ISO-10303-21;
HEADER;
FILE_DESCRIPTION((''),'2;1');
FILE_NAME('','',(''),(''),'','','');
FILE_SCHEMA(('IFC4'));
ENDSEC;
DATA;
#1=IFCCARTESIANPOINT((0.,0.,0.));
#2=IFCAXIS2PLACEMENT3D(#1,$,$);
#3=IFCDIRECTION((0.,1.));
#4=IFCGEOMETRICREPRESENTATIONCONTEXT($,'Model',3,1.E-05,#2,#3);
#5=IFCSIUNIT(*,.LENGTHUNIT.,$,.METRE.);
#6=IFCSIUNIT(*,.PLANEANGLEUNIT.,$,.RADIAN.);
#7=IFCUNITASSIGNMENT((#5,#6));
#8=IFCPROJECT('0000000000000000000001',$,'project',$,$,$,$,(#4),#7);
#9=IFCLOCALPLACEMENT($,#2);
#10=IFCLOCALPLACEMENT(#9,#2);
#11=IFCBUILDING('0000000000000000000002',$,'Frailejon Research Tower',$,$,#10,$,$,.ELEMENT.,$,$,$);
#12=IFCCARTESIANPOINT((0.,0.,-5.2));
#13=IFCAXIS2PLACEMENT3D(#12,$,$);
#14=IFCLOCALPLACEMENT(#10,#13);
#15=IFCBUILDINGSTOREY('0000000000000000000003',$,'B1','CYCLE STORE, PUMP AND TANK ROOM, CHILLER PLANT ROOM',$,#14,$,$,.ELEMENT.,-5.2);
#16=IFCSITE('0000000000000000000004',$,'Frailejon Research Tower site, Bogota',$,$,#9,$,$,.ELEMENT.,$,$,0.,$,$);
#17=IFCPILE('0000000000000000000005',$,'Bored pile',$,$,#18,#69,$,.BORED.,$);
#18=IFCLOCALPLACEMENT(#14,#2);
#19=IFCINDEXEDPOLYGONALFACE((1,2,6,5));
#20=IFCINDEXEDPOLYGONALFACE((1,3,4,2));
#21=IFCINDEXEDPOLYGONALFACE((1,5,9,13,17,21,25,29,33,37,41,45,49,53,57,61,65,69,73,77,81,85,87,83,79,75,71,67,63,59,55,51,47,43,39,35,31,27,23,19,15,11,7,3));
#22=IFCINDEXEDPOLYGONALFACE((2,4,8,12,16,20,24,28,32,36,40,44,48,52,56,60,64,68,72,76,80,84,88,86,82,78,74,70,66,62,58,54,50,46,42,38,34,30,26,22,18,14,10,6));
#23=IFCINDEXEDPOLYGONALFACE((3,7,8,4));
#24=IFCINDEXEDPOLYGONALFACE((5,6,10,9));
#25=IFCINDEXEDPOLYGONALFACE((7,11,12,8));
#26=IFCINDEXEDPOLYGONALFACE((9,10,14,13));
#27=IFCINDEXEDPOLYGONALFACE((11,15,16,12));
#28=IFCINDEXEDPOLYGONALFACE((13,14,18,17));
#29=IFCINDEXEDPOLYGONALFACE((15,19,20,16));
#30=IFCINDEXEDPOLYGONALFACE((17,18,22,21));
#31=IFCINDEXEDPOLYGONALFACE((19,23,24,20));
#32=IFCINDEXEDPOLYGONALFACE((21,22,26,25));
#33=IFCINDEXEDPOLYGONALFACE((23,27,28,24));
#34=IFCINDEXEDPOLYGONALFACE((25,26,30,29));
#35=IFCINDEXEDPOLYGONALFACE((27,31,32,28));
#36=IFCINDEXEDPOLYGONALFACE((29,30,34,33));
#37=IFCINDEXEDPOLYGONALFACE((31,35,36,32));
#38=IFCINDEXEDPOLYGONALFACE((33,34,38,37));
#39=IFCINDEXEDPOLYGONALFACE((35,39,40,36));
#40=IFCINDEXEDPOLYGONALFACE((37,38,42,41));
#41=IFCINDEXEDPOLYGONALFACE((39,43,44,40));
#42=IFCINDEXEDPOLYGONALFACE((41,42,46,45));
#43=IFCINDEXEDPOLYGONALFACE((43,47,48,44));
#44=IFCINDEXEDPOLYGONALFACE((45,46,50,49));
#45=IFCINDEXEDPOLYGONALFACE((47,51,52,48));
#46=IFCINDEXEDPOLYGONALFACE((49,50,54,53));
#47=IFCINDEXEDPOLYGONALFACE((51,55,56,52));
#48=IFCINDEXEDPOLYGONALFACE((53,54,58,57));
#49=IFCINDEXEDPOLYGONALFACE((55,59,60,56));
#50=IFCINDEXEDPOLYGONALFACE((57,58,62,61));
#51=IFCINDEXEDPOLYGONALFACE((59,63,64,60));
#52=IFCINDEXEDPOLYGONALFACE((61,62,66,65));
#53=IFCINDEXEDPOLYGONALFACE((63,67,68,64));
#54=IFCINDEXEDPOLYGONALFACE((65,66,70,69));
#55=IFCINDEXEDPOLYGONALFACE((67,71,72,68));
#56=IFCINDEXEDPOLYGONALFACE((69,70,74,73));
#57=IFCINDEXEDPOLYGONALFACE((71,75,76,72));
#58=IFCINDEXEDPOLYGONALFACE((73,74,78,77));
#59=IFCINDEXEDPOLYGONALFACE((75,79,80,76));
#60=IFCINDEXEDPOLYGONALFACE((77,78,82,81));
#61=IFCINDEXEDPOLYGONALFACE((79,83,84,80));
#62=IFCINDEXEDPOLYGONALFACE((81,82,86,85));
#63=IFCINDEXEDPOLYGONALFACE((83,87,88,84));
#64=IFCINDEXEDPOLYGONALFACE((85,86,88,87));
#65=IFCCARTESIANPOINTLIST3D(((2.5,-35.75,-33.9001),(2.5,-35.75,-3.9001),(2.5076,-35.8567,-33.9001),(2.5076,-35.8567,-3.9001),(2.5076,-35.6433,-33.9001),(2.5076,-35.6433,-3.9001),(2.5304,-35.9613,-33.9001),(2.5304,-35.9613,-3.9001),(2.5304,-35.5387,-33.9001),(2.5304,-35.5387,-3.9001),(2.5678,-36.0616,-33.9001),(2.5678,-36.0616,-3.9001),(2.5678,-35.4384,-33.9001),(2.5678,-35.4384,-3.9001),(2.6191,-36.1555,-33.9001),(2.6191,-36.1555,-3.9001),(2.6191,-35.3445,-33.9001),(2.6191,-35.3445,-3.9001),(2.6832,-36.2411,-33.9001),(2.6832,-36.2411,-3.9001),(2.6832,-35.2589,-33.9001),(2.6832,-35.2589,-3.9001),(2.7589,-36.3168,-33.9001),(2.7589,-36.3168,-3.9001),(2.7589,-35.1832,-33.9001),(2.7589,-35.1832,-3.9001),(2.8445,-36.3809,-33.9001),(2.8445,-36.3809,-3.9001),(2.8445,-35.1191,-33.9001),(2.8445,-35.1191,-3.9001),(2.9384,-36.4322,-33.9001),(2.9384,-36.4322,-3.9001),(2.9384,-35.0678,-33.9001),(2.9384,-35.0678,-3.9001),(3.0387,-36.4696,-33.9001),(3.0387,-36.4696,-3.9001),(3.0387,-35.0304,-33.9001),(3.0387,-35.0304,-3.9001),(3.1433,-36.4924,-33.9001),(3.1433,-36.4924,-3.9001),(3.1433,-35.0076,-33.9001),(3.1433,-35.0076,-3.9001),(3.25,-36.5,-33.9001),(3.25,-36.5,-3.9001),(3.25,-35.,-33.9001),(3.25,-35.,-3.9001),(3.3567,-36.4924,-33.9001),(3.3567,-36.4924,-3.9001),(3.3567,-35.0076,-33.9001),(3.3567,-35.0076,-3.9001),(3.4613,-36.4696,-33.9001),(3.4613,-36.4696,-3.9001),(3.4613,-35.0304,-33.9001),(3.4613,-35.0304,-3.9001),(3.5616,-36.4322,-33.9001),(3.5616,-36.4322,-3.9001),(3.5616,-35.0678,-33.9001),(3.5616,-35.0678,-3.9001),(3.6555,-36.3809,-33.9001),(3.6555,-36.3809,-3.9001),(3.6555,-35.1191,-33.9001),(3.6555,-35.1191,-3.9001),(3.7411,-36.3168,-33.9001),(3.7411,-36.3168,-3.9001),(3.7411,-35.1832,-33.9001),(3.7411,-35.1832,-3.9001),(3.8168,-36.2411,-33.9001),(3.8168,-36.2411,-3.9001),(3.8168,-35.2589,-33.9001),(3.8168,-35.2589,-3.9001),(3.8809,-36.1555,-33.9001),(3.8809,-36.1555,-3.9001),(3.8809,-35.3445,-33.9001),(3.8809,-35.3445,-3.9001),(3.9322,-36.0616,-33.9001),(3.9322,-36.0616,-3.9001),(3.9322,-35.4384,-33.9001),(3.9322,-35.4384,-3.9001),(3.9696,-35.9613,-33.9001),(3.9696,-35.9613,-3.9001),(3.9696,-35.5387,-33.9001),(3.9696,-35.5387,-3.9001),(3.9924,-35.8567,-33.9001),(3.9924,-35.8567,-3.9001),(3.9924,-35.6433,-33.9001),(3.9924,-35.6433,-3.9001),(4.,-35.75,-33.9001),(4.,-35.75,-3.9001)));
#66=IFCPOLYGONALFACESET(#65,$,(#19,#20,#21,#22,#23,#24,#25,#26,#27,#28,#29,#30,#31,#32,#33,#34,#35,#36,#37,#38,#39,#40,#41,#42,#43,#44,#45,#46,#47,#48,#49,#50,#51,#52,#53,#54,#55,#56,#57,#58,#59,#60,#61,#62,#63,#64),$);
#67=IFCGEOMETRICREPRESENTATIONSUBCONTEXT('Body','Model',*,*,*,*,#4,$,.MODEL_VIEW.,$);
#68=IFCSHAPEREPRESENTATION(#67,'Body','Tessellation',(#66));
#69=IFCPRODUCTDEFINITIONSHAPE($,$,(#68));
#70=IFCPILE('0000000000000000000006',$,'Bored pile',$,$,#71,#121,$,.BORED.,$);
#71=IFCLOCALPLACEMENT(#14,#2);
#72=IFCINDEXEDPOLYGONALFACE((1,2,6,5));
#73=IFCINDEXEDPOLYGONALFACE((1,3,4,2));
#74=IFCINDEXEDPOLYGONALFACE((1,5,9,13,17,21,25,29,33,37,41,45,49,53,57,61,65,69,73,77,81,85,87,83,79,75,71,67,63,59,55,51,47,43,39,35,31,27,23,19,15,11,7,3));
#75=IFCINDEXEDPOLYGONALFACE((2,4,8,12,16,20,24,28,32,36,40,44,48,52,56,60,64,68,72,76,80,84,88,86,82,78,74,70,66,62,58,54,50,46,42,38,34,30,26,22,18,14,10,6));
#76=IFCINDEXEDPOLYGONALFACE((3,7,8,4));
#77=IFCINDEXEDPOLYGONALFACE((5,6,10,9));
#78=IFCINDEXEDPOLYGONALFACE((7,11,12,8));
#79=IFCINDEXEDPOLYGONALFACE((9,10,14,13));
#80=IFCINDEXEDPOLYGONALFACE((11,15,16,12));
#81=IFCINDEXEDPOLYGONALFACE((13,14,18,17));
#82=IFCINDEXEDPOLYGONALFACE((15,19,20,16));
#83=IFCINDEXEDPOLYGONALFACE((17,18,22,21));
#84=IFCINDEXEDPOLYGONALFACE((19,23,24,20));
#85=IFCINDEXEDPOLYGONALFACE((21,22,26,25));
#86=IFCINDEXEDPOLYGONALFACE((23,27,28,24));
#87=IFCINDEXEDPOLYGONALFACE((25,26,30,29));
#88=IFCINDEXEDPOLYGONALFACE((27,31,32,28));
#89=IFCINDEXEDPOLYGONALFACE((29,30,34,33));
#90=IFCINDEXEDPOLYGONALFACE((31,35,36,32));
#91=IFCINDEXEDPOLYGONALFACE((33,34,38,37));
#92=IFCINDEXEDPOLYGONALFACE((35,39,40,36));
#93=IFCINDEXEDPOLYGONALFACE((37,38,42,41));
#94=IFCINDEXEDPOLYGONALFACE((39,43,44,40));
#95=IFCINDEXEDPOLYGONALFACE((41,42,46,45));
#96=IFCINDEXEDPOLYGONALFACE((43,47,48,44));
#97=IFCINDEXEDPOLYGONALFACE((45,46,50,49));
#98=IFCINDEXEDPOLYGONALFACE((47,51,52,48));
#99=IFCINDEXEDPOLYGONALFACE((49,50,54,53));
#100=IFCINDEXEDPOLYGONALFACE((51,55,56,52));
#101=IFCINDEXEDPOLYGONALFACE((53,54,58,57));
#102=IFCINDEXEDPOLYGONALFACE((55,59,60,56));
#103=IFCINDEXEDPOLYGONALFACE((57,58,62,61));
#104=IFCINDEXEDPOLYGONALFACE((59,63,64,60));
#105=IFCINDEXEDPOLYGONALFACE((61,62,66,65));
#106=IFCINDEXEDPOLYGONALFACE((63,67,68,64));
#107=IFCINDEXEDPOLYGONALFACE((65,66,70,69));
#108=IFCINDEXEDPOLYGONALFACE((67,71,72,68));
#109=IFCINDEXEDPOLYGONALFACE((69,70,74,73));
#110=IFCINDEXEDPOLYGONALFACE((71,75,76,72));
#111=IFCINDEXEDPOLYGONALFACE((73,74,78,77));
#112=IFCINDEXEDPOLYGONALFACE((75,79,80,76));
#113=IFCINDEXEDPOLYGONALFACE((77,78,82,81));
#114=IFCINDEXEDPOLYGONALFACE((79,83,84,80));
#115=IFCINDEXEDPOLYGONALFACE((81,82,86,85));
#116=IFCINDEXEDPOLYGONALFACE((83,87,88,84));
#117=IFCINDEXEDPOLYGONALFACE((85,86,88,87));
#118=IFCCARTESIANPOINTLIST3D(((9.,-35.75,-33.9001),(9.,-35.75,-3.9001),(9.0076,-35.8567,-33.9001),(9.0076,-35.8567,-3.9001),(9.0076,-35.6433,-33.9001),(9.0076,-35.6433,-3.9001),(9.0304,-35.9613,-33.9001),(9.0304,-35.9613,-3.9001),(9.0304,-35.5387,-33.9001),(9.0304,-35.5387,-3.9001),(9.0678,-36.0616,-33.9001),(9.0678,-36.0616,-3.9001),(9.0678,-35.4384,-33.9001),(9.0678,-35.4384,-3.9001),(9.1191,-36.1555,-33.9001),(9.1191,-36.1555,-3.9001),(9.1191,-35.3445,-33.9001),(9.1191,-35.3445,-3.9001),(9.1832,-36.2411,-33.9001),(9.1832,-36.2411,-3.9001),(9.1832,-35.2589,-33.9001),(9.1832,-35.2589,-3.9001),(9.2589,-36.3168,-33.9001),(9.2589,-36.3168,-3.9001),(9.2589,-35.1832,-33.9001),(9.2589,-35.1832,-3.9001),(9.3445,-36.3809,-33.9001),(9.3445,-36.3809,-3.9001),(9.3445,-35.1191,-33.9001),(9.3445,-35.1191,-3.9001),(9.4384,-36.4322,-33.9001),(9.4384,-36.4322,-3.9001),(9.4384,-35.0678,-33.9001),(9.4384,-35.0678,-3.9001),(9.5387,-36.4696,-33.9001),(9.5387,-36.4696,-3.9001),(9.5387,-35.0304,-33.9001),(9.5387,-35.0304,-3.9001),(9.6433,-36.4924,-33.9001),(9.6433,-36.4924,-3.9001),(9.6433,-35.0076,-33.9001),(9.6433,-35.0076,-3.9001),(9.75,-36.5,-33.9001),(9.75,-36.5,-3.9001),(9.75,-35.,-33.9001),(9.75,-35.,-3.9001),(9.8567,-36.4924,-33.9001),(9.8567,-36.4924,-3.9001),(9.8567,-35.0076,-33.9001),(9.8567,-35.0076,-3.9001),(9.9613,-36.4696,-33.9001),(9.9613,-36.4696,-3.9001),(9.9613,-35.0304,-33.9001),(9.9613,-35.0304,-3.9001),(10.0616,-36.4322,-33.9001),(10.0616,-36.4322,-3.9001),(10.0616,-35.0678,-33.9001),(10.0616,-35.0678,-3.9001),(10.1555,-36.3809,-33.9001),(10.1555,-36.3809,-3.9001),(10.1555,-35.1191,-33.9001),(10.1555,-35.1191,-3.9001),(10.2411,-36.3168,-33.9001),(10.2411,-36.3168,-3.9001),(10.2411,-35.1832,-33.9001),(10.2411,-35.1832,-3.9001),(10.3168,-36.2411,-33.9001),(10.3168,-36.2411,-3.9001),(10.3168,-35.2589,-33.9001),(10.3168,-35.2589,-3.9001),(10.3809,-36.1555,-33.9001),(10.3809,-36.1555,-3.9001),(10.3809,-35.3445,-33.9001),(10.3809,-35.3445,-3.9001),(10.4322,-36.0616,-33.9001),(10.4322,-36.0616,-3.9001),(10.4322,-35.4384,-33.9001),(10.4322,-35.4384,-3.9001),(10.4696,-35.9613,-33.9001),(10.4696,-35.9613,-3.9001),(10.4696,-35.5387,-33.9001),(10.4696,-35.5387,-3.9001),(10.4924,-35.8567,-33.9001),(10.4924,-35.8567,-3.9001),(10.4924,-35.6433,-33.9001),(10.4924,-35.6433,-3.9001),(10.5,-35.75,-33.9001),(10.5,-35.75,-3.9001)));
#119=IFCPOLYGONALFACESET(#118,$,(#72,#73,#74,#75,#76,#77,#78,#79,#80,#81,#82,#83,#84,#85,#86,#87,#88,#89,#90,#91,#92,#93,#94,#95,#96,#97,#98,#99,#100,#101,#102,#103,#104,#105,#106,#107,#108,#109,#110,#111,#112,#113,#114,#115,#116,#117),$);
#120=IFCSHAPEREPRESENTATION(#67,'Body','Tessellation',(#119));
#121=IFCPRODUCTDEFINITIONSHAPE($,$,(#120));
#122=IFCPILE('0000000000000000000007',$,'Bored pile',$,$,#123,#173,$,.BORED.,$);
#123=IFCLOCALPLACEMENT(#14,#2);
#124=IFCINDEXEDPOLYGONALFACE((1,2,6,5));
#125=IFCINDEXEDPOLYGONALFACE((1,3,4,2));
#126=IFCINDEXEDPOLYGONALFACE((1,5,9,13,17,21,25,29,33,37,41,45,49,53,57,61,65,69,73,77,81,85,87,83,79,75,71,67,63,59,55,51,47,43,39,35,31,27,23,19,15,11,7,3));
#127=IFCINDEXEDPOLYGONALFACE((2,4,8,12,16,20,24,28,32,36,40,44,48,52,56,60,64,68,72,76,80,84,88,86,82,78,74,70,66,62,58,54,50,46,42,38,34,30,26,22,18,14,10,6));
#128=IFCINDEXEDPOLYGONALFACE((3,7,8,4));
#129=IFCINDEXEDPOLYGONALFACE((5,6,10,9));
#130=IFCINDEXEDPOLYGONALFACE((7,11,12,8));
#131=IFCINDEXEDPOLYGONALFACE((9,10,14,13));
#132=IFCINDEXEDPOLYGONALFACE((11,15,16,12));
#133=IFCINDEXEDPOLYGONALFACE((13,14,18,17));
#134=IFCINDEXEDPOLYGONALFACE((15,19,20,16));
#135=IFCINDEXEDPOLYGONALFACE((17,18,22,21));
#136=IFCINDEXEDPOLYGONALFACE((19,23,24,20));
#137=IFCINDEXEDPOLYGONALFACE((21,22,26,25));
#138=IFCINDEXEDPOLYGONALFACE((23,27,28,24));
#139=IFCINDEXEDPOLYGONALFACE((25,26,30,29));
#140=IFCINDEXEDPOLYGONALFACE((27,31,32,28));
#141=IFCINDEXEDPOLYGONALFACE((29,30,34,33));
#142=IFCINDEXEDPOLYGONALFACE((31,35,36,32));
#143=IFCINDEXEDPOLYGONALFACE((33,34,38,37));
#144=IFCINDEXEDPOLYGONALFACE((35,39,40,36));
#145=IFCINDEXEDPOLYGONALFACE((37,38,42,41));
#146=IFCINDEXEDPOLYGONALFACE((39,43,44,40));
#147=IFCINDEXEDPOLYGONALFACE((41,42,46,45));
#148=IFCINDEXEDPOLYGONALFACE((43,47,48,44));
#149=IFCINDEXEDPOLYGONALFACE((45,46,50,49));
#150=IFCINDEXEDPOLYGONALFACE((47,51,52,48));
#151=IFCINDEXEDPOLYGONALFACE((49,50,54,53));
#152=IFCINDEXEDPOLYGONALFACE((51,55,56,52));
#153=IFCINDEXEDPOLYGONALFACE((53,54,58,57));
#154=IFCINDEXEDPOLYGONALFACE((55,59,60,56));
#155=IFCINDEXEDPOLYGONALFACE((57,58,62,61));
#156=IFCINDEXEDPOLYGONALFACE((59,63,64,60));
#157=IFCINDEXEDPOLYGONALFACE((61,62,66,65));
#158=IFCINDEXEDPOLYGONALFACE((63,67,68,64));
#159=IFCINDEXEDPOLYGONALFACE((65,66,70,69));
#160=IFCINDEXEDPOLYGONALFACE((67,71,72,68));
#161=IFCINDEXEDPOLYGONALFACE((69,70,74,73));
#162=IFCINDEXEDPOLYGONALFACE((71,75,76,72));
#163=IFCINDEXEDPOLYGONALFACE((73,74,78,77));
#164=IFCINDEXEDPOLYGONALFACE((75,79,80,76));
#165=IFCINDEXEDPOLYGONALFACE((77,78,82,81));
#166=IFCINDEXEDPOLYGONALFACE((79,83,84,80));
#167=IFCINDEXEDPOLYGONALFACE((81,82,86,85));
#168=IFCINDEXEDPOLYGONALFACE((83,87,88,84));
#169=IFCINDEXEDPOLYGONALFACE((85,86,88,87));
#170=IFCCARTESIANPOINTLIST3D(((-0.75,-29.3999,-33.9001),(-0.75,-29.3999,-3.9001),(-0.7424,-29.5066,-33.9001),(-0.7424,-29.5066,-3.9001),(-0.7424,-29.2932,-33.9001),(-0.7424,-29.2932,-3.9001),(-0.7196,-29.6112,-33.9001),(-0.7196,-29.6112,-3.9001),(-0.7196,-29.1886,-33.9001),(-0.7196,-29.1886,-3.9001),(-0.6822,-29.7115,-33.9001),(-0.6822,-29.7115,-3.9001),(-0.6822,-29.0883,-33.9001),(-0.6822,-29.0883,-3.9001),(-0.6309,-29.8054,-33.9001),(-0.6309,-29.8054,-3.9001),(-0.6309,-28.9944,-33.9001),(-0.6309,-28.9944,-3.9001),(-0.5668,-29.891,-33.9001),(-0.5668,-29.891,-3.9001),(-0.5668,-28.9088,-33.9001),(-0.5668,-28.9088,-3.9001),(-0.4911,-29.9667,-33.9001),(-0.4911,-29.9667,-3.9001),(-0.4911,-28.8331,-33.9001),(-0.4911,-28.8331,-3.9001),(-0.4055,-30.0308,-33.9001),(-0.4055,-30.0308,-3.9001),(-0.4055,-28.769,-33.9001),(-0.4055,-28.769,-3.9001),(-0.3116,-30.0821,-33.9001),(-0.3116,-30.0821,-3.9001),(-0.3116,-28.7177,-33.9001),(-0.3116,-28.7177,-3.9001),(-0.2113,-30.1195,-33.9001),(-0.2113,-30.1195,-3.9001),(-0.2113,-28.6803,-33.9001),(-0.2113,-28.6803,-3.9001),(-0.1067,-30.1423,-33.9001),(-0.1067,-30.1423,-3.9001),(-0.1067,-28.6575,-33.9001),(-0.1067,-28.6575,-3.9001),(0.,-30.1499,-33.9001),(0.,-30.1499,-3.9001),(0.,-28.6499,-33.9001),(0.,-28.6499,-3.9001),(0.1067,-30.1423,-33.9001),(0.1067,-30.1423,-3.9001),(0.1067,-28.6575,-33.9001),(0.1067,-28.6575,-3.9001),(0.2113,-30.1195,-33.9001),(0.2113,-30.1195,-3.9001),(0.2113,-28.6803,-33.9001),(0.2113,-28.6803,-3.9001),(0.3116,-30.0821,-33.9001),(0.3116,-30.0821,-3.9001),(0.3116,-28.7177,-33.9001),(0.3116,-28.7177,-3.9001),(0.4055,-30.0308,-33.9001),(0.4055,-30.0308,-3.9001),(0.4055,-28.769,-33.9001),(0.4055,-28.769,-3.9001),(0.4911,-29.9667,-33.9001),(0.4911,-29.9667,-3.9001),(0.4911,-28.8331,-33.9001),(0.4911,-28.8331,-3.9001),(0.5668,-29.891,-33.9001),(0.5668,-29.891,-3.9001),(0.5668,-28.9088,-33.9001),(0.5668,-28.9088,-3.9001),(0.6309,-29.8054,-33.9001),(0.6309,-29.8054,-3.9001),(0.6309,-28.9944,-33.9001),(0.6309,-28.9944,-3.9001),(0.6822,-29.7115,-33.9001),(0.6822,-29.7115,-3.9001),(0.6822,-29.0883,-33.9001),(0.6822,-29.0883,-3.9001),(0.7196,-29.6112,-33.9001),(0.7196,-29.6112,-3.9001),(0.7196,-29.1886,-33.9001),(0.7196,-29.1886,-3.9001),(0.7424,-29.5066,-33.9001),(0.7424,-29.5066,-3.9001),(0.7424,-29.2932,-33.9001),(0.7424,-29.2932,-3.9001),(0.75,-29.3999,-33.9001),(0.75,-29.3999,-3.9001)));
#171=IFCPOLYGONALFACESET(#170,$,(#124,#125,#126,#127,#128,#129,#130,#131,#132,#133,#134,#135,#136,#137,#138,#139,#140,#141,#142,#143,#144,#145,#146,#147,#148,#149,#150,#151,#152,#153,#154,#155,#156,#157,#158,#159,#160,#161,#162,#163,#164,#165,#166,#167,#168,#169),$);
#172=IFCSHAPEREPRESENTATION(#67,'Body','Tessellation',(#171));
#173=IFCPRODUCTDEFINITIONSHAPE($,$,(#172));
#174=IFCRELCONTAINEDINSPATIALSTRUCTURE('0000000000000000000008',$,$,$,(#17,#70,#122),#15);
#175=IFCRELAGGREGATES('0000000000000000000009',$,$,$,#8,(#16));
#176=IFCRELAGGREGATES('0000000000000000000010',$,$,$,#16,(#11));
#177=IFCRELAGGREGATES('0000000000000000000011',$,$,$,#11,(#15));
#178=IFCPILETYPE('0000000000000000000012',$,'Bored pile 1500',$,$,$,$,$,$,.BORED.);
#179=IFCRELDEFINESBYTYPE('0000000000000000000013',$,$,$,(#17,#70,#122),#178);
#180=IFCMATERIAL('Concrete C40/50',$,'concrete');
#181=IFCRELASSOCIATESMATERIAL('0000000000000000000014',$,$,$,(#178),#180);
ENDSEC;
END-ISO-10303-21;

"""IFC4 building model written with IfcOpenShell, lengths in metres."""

from ifc_helpers import new_model, si_unit, direction, frame, origin, origin_2d, place, context, subcontext, project, spatial, circle, extrude, material, material_profile, profile_set, type_object, element, save


model = new_model("IFC4")

# Units and contexts
model_context = context("Model", 3, precision=1e-05, world=origin(), true_north=direction((0.0, 1.0)))
body_context = subcontext(model_context, "Body", "Model", "MODEL_VIEW")
ifc_project = project(units=[si_unit("LENGTHUNIT", "METRE"), si_unit("PLANEANGLEUNIT", "RADIAN")], contexts=[model_context])

# Site, building, storey
site_placement = place(None, origin())
site = spatial("IfcSite", under=ifc_project, at=site_placement, Name="Frailejon Research Tower site, Bogota", CompositionType="ELEMENT", RefElevation=0.0)
building_placement = place(site_placement, origin())
building = spatial("IfcBuilding", under=site, at=building_placement, Name="Frailejon Research Tower", CompositionType="ELEMENT")
storey_placement = place(building_placement, frame((0.0, 0.0, -5.2)))
storey = spatial("IfcBuildingStorey", under=building, at=storey_placement, Name="B1", Description="CYCLE STORE, PUMP AND TANK ROOM, CHILLER PLANT ROOM", CompositionType="ELEMENT", Elevation=-5.2)

# Piles
ifc_material_1 = material(Name="Concrete C40/50", Category="concrete")
ifc_material_profile_1 = material_profile(ifc_material_1, circle(Radius=0.75, at=origin_2d()), Name="Bored pile 1500")
ifc_profile_set_1 = profile_set([ifc_material_profile_1], Name="Concrete C40/50")
pile_type = type_object("IfcPileType", Name="Bored pile 1500", PredefinedType="BORED", material=ifc_profile_set_1)
for number, where, z_axis, x_axis, name in (
    (1, (3.25, -35.75, -3.9001), (0.0, 0.0, -1.0), (1.0, 0.0, 0.0), "Bored pile"),
    (2, (9.75, -35.75, -3.9001), (0.0, 0.0, -1.0), (1.0, 0.0, 0.0), "Bored pile"),
    (3, (0.0, -29.3999, -3.9001), (0.0, 0.0, -1.0), (1.0, 0.0, 0.0), "Bored pile"),
):
    element("IfcPile", number, at=place(storey_placement, frame(where, z_axis=z_axis, x_axis=x_axis)), inside=storey, type_object=pile_type, Name=name, PredefinedType="BORED", context=body_context, shape_type="SweptSolid", body=[
        extrude(circle(Radius=0.75, at=origin_2d()), origin(), (0.0, 0.0, 1.0), 30.0),
    ])

save(model, "model.ifc")
